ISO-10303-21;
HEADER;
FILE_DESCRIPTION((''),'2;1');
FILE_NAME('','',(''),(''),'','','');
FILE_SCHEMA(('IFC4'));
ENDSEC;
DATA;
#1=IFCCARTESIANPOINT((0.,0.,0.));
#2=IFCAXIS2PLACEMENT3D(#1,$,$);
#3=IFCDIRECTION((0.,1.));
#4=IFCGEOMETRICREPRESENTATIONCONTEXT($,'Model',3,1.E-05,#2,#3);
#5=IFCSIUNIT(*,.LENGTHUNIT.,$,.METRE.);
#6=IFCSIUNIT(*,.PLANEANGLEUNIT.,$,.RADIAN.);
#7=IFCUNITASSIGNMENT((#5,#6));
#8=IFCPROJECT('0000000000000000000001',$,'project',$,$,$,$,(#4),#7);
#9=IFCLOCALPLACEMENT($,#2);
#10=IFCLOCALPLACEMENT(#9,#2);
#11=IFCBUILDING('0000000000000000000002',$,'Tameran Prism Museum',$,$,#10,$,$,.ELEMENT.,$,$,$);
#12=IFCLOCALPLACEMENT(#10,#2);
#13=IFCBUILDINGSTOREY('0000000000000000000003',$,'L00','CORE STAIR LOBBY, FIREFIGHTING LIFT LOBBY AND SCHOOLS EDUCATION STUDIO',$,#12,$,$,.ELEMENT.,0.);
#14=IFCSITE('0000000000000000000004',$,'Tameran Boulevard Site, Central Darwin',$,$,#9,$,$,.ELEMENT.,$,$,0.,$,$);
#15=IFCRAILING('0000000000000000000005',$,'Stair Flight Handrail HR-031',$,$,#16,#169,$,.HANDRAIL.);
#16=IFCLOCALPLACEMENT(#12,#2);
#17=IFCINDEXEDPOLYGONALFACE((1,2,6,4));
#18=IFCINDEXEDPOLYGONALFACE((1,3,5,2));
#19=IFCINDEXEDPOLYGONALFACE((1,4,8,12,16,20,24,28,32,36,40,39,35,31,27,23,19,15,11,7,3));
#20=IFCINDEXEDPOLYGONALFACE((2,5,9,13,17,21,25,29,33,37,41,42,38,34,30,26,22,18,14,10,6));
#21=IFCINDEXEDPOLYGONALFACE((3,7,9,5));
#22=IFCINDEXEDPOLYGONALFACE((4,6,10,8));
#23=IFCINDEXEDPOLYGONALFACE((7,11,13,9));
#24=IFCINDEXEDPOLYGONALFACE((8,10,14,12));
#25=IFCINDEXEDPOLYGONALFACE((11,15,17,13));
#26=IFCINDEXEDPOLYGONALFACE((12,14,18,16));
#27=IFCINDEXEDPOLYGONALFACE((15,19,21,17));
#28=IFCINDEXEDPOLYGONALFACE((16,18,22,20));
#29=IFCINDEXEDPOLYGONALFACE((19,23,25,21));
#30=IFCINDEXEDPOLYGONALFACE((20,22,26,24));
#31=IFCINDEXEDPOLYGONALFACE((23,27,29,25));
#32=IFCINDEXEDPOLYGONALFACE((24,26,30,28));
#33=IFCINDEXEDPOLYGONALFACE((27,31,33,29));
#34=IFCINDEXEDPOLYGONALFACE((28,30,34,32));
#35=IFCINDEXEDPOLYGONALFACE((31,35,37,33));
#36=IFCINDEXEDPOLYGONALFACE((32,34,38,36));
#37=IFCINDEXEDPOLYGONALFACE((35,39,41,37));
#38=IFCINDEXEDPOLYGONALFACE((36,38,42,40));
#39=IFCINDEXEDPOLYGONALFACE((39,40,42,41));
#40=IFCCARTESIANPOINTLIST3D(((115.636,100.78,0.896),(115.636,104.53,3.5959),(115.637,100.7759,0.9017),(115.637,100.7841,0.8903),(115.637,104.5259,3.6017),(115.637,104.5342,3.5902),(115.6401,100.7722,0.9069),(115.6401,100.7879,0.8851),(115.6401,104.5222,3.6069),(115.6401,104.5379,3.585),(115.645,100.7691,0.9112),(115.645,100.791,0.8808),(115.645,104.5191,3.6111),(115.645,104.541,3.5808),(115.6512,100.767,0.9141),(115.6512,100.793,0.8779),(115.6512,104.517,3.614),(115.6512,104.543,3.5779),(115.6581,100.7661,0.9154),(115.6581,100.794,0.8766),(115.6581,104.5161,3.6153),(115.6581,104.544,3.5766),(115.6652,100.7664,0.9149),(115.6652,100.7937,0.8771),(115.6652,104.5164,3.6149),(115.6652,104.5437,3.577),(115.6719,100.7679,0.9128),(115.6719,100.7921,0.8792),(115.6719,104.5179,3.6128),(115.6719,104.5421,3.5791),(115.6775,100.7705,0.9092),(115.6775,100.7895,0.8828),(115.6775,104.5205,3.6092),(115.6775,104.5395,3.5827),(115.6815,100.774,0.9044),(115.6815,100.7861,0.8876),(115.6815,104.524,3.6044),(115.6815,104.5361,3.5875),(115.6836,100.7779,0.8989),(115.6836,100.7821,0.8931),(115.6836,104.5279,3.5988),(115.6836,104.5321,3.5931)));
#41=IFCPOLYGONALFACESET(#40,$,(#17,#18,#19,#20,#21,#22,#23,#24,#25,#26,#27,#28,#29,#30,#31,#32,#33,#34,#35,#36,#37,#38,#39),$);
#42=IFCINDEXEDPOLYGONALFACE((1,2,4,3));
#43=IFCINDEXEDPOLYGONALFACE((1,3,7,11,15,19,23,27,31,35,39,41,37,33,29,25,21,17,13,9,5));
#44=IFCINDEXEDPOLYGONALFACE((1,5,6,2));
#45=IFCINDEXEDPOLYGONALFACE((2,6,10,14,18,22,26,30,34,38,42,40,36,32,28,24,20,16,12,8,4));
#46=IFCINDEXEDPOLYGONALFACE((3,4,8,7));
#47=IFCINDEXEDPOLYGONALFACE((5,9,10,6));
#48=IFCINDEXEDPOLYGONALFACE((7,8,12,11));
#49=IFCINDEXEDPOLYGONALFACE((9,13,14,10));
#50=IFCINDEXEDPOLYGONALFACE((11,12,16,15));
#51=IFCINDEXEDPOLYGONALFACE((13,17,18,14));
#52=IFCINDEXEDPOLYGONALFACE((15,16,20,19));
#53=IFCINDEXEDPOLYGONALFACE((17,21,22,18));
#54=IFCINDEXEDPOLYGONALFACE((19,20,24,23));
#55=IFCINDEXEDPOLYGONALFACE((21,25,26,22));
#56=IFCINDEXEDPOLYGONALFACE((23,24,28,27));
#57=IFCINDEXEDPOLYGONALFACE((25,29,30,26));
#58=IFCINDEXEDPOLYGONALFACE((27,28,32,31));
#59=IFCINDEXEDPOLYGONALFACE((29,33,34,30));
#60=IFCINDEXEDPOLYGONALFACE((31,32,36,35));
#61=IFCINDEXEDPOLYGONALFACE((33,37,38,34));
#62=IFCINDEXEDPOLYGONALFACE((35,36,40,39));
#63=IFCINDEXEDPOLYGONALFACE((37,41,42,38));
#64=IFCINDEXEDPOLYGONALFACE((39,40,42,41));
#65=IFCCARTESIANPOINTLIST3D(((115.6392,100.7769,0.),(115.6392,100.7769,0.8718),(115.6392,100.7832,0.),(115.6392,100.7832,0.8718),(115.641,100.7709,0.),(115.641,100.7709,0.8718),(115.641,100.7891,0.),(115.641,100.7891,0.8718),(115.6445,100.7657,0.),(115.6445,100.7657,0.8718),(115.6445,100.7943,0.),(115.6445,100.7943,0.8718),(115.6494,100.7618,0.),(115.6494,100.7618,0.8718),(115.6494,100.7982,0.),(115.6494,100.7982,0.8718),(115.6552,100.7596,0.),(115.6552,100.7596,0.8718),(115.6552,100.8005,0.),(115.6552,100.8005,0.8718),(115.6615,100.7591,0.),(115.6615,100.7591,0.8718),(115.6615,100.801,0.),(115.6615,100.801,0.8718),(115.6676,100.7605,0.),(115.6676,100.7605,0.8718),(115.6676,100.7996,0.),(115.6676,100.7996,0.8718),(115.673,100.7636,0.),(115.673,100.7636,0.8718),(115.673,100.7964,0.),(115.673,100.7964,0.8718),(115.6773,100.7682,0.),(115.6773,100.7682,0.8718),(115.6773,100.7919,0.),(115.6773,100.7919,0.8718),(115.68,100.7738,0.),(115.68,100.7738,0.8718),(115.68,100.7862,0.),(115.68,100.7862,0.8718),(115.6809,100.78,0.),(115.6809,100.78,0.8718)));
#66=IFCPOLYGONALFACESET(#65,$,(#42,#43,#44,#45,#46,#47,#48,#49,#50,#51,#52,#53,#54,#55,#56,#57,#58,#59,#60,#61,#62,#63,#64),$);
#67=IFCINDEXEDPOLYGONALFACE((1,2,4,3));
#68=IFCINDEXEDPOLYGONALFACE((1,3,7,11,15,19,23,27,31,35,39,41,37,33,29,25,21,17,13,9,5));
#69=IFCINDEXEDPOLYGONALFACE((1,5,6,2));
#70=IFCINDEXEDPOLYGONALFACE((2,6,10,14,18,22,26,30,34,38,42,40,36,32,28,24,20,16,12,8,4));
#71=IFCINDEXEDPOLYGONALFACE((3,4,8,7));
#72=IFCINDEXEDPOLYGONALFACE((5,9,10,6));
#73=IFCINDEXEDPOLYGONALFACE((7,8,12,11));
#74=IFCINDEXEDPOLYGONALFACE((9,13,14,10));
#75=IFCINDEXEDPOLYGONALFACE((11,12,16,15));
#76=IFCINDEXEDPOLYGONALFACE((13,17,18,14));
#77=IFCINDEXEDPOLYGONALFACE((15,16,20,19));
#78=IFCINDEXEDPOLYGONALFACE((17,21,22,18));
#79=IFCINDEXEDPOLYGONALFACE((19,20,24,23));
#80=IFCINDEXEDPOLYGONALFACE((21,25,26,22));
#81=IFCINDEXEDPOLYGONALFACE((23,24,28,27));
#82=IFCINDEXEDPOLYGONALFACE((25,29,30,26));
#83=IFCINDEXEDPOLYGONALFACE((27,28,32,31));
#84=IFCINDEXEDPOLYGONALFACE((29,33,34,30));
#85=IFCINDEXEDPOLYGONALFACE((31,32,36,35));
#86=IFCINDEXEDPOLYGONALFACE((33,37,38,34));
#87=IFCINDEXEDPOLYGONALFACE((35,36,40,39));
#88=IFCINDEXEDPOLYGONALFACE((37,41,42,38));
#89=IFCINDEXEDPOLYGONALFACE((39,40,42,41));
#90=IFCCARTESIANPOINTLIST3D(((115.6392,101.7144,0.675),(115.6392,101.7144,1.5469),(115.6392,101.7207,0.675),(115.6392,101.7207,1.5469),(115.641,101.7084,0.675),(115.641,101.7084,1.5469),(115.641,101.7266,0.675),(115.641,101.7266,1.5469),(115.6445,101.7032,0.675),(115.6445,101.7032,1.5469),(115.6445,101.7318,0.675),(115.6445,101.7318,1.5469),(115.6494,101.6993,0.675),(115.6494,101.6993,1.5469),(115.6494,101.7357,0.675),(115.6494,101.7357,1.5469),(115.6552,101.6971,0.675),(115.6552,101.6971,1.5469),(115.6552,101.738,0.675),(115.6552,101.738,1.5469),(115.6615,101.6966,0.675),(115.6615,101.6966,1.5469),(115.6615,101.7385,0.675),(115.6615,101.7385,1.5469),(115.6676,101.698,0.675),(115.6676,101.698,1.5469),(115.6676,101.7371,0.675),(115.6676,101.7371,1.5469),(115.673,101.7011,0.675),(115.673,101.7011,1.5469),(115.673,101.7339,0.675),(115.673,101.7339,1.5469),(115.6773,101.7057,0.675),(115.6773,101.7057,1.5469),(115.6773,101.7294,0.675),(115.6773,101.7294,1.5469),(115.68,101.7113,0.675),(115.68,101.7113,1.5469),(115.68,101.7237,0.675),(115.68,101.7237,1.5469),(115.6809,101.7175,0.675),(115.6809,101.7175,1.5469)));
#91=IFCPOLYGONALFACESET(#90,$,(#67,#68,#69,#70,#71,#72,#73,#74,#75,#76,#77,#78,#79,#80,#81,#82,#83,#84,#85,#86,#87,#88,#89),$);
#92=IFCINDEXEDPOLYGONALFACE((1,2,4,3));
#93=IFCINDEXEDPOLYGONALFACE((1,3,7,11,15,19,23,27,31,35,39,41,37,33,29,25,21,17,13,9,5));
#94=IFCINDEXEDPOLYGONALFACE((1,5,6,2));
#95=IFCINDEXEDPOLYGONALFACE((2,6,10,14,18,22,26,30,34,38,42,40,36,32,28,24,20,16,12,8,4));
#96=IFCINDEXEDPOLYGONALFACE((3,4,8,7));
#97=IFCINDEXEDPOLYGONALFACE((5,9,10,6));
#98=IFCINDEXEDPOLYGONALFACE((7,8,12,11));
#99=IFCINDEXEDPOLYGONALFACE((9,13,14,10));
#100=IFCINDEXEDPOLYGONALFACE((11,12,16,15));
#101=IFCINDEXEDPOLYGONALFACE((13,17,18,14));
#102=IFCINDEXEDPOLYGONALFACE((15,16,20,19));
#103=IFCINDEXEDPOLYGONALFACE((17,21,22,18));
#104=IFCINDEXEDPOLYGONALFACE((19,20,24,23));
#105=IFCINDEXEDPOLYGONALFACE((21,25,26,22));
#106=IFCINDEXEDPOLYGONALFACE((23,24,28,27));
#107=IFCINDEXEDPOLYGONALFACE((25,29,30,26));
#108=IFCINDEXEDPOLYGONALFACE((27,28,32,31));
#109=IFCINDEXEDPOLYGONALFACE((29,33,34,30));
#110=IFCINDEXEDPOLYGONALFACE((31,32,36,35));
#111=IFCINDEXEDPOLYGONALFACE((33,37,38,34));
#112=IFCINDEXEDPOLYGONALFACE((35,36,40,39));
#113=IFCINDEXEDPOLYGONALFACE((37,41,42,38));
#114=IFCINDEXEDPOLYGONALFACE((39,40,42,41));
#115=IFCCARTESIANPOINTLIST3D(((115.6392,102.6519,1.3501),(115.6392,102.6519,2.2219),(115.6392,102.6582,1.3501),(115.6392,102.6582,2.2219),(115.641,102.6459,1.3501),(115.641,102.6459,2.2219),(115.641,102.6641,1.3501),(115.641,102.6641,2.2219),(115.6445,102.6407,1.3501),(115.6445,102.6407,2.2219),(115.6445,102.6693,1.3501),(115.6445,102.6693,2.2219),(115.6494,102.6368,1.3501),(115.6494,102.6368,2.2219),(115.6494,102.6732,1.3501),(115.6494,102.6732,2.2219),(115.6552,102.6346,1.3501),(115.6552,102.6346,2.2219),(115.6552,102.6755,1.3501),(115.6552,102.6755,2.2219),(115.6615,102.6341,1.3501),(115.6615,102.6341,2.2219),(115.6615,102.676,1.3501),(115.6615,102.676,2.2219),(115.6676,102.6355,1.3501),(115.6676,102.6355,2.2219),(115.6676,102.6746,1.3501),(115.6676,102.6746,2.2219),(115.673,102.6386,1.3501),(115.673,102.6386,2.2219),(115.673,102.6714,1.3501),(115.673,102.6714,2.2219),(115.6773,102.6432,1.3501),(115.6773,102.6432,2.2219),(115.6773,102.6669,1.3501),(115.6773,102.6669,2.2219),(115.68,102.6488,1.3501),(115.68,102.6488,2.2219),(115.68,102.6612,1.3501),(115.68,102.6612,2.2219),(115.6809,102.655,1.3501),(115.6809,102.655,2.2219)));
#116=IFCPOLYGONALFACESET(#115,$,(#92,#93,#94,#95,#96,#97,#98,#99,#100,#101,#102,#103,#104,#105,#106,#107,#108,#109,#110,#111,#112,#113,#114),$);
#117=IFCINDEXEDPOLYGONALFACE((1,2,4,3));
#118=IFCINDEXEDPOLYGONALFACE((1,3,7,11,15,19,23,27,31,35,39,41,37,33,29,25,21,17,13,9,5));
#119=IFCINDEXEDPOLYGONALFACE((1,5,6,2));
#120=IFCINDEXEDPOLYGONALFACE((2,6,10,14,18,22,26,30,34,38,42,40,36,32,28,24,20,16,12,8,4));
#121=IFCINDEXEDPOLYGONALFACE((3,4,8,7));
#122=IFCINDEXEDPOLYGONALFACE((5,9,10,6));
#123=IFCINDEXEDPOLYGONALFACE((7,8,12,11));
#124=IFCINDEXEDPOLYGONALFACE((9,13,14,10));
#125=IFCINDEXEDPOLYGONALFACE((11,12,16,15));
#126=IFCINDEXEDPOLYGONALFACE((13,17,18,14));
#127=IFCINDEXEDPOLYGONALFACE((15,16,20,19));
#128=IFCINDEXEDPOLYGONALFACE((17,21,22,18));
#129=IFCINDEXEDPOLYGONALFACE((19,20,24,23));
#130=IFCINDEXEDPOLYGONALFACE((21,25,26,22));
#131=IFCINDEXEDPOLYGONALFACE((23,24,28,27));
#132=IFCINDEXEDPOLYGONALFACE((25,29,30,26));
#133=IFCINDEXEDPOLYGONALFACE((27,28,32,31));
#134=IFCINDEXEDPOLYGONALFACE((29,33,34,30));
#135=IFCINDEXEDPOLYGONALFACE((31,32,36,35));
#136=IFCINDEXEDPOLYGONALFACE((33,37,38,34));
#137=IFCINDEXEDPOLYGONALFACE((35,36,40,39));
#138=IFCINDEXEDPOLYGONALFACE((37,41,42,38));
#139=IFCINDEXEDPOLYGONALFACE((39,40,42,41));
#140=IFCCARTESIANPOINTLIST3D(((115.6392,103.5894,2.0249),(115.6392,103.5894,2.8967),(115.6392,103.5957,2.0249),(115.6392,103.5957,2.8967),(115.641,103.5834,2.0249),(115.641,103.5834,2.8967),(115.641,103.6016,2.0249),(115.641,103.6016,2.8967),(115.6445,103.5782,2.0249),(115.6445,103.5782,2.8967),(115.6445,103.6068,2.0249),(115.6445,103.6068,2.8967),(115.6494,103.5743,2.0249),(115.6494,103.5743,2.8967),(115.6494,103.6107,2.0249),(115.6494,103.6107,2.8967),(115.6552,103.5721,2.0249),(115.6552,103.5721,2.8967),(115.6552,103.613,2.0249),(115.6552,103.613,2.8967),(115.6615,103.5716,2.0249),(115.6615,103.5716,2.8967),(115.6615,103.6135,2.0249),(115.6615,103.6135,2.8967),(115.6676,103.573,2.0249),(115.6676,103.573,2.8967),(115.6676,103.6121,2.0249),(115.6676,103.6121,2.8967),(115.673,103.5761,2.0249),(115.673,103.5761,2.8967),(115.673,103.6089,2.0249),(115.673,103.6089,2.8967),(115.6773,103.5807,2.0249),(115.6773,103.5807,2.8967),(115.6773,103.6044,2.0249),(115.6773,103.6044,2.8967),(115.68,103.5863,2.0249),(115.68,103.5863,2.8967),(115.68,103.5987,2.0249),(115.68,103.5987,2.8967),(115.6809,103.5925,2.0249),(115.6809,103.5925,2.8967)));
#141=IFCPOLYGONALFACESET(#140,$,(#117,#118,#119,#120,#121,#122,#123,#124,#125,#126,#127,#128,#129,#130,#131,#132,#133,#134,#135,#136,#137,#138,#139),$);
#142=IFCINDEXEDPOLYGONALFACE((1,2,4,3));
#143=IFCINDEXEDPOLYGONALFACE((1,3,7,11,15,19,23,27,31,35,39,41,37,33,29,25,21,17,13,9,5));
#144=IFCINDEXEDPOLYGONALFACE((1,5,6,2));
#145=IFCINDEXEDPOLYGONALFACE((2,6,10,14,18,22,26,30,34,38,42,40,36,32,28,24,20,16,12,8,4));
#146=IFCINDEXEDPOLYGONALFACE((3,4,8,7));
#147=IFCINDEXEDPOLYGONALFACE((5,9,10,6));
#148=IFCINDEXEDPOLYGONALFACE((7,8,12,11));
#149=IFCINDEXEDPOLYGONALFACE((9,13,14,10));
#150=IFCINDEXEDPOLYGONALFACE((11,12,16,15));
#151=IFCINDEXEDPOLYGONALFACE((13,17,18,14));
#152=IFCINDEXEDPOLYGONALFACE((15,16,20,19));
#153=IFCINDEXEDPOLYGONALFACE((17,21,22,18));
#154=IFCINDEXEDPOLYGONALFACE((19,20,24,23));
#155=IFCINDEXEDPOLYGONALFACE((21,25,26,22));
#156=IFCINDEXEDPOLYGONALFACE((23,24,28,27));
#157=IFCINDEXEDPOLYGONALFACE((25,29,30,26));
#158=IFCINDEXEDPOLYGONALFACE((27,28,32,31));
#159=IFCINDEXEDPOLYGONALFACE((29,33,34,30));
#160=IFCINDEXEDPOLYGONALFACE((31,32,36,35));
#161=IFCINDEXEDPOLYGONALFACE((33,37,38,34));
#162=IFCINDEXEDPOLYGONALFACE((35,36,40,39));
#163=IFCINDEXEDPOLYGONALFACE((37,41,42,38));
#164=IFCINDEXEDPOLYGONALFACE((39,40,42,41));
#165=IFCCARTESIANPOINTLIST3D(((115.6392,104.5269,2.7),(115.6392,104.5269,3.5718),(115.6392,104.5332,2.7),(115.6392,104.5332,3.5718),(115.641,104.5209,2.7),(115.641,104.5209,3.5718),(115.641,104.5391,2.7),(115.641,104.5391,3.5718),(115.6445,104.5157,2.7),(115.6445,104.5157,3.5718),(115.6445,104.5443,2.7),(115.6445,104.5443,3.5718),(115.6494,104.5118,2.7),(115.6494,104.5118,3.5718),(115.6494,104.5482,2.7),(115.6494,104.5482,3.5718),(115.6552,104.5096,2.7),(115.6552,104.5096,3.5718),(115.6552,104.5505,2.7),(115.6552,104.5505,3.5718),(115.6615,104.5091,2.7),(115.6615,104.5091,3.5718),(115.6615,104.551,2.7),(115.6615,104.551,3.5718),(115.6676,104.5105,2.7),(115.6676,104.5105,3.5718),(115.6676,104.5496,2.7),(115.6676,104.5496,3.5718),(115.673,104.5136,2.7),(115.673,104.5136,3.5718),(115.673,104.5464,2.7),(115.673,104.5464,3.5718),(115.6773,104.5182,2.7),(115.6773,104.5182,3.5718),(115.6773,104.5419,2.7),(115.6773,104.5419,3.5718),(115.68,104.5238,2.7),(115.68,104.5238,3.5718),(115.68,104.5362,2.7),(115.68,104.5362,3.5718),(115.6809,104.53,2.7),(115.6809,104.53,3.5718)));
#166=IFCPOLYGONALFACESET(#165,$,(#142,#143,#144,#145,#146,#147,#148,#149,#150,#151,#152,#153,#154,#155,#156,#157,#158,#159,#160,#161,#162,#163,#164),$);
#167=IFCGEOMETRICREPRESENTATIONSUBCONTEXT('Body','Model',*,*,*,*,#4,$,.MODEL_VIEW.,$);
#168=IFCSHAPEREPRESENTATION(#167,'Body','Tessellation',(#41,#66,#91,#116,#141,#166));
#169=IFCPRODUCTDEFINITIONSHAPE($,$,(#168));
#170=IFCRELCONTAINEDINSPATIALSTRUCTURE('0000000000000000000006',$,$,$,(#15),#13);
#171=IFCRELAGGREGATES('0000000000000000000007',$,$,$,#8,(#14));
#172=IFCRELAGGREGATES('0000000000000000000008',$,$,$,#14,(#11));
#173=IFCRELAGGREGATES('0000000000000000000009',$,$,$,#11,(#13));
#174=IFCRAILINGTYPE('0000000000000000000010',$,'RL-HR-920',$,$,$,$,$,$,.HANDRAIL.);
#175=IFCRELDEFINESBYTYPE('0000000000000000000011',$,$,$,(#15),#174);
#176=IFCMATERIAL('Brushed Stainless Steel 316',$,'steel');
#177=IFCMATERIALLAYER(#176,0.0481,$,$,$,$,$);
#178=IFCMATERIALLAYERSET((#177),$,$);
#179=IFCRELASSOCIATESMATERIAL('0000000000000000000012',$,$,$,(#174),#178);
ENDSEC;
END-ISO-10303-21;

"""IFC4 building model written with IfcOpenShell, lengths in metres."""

from ifc_helpers import new_model, si_unit, direction, frame, origin, origin_2d, place, context, subcontext, project, spatial, circle, extrude, material, layer, layer_set, type_object, element, save


model = new_model("IFC4")

# Units and contexts
model_context = context("Model", 3, precision=1e-05, world=origin(), true_north=direction((0.0, 1.0)))
body_context = subcontext(model_context, "Body", "Model", "MODEL_VIEW")
ifc_project = project(units=[si_unit("LENGTHUNIT", "METRE"), si_unit("PLANEANGLEUNIT", "RADIAN")], contexts=[model_context])

# Site, building, storey
site_placement = place(None, origin())
site = spatial("IfcSite", under=ifc_project, at=site_placement, Name="Tameran Boulevard Site, Central Darwin", CompositionType="ELEMENT", RefElevation=0.0)
building_placement = place(site_placement, origin())
building = spatial("IfcBuilding", under=site, at=building_placement, Name="Tameran Prism Museum", CompositionType="ELEMENT")
storey_placement = place(building_placement, origin())
storey = spatial("IfcBuildingStorey", under=building, at=storey_placement, Name="L00", Description="CORE STAIR LOBBY, FIREFIGHTING LIFT LOBBY AND SCHOOLS EDUCATION STUDIO", CompositionType="ELEMENT", Elevation=0.0)

# Railing
ifc_material_1 = material(Name="Brushed Stainless Steel 316", Category="steel")
ifc_layer_1 = layer(ifc_material_1, 0.0481)
ifc_layer_set_1 = layer_set([ifc_layer_1])
railing_type_1 = type_object("IfcRailingType", Name="RL-HR-920", PredefinedType="HANDRAIL", material=ifc_layer_set_1)
railing_1_placement = place(storey_placement, frame((115.6599, 100.78, 0.0)))
element("IfcRailing", 1, at=railing_1_placement, inside=storey, type_object=railing_type_1, Name="Stair Flight Handrail HR-031", PredefinedType="HANDRAIL", context=body_context, shape_type="SweptSolid", body=[
    extrude(circle(Radius=0.0239, at=origin_2d()), frame((0.0, 0.0, 0.896), z_axis=(0.0, 0.811539, 0.584298), x_axis=(-1.0, 0.0, 0.0)), (0.0, 0.0, 1.0), 4.6208),
    extrude(circle(Radius=0.021, at=origin_2d()), origin(), (0.0, 0.0, 1.0), 0.8718),
    extrude(circle(Radius=0.021, at=origin_2d()), frame((0.0, 0.9375, 0.675)), (0.0, 0.0, 1.0), 0.8718),
    extrude(circle(Radius=0.021, at=origin_2d()), frame((0.0, 1.875, 1.3501)), (0.0, 0.0, 1.0), 0.8718),
    extrude(circle(Radius=0.021, at=origin_2d()), frame((0.0, 2.8125, 2.0249)), (0.0, 0.0, 1.0), 0.8718),
    extrude(circle(Radius=0.021, at=origin_2d()), frame((0.0, 3.75, 2.7)), (0.0, 0.0, 1.0), 0.8718),
])

save(model, "model.ifc")
